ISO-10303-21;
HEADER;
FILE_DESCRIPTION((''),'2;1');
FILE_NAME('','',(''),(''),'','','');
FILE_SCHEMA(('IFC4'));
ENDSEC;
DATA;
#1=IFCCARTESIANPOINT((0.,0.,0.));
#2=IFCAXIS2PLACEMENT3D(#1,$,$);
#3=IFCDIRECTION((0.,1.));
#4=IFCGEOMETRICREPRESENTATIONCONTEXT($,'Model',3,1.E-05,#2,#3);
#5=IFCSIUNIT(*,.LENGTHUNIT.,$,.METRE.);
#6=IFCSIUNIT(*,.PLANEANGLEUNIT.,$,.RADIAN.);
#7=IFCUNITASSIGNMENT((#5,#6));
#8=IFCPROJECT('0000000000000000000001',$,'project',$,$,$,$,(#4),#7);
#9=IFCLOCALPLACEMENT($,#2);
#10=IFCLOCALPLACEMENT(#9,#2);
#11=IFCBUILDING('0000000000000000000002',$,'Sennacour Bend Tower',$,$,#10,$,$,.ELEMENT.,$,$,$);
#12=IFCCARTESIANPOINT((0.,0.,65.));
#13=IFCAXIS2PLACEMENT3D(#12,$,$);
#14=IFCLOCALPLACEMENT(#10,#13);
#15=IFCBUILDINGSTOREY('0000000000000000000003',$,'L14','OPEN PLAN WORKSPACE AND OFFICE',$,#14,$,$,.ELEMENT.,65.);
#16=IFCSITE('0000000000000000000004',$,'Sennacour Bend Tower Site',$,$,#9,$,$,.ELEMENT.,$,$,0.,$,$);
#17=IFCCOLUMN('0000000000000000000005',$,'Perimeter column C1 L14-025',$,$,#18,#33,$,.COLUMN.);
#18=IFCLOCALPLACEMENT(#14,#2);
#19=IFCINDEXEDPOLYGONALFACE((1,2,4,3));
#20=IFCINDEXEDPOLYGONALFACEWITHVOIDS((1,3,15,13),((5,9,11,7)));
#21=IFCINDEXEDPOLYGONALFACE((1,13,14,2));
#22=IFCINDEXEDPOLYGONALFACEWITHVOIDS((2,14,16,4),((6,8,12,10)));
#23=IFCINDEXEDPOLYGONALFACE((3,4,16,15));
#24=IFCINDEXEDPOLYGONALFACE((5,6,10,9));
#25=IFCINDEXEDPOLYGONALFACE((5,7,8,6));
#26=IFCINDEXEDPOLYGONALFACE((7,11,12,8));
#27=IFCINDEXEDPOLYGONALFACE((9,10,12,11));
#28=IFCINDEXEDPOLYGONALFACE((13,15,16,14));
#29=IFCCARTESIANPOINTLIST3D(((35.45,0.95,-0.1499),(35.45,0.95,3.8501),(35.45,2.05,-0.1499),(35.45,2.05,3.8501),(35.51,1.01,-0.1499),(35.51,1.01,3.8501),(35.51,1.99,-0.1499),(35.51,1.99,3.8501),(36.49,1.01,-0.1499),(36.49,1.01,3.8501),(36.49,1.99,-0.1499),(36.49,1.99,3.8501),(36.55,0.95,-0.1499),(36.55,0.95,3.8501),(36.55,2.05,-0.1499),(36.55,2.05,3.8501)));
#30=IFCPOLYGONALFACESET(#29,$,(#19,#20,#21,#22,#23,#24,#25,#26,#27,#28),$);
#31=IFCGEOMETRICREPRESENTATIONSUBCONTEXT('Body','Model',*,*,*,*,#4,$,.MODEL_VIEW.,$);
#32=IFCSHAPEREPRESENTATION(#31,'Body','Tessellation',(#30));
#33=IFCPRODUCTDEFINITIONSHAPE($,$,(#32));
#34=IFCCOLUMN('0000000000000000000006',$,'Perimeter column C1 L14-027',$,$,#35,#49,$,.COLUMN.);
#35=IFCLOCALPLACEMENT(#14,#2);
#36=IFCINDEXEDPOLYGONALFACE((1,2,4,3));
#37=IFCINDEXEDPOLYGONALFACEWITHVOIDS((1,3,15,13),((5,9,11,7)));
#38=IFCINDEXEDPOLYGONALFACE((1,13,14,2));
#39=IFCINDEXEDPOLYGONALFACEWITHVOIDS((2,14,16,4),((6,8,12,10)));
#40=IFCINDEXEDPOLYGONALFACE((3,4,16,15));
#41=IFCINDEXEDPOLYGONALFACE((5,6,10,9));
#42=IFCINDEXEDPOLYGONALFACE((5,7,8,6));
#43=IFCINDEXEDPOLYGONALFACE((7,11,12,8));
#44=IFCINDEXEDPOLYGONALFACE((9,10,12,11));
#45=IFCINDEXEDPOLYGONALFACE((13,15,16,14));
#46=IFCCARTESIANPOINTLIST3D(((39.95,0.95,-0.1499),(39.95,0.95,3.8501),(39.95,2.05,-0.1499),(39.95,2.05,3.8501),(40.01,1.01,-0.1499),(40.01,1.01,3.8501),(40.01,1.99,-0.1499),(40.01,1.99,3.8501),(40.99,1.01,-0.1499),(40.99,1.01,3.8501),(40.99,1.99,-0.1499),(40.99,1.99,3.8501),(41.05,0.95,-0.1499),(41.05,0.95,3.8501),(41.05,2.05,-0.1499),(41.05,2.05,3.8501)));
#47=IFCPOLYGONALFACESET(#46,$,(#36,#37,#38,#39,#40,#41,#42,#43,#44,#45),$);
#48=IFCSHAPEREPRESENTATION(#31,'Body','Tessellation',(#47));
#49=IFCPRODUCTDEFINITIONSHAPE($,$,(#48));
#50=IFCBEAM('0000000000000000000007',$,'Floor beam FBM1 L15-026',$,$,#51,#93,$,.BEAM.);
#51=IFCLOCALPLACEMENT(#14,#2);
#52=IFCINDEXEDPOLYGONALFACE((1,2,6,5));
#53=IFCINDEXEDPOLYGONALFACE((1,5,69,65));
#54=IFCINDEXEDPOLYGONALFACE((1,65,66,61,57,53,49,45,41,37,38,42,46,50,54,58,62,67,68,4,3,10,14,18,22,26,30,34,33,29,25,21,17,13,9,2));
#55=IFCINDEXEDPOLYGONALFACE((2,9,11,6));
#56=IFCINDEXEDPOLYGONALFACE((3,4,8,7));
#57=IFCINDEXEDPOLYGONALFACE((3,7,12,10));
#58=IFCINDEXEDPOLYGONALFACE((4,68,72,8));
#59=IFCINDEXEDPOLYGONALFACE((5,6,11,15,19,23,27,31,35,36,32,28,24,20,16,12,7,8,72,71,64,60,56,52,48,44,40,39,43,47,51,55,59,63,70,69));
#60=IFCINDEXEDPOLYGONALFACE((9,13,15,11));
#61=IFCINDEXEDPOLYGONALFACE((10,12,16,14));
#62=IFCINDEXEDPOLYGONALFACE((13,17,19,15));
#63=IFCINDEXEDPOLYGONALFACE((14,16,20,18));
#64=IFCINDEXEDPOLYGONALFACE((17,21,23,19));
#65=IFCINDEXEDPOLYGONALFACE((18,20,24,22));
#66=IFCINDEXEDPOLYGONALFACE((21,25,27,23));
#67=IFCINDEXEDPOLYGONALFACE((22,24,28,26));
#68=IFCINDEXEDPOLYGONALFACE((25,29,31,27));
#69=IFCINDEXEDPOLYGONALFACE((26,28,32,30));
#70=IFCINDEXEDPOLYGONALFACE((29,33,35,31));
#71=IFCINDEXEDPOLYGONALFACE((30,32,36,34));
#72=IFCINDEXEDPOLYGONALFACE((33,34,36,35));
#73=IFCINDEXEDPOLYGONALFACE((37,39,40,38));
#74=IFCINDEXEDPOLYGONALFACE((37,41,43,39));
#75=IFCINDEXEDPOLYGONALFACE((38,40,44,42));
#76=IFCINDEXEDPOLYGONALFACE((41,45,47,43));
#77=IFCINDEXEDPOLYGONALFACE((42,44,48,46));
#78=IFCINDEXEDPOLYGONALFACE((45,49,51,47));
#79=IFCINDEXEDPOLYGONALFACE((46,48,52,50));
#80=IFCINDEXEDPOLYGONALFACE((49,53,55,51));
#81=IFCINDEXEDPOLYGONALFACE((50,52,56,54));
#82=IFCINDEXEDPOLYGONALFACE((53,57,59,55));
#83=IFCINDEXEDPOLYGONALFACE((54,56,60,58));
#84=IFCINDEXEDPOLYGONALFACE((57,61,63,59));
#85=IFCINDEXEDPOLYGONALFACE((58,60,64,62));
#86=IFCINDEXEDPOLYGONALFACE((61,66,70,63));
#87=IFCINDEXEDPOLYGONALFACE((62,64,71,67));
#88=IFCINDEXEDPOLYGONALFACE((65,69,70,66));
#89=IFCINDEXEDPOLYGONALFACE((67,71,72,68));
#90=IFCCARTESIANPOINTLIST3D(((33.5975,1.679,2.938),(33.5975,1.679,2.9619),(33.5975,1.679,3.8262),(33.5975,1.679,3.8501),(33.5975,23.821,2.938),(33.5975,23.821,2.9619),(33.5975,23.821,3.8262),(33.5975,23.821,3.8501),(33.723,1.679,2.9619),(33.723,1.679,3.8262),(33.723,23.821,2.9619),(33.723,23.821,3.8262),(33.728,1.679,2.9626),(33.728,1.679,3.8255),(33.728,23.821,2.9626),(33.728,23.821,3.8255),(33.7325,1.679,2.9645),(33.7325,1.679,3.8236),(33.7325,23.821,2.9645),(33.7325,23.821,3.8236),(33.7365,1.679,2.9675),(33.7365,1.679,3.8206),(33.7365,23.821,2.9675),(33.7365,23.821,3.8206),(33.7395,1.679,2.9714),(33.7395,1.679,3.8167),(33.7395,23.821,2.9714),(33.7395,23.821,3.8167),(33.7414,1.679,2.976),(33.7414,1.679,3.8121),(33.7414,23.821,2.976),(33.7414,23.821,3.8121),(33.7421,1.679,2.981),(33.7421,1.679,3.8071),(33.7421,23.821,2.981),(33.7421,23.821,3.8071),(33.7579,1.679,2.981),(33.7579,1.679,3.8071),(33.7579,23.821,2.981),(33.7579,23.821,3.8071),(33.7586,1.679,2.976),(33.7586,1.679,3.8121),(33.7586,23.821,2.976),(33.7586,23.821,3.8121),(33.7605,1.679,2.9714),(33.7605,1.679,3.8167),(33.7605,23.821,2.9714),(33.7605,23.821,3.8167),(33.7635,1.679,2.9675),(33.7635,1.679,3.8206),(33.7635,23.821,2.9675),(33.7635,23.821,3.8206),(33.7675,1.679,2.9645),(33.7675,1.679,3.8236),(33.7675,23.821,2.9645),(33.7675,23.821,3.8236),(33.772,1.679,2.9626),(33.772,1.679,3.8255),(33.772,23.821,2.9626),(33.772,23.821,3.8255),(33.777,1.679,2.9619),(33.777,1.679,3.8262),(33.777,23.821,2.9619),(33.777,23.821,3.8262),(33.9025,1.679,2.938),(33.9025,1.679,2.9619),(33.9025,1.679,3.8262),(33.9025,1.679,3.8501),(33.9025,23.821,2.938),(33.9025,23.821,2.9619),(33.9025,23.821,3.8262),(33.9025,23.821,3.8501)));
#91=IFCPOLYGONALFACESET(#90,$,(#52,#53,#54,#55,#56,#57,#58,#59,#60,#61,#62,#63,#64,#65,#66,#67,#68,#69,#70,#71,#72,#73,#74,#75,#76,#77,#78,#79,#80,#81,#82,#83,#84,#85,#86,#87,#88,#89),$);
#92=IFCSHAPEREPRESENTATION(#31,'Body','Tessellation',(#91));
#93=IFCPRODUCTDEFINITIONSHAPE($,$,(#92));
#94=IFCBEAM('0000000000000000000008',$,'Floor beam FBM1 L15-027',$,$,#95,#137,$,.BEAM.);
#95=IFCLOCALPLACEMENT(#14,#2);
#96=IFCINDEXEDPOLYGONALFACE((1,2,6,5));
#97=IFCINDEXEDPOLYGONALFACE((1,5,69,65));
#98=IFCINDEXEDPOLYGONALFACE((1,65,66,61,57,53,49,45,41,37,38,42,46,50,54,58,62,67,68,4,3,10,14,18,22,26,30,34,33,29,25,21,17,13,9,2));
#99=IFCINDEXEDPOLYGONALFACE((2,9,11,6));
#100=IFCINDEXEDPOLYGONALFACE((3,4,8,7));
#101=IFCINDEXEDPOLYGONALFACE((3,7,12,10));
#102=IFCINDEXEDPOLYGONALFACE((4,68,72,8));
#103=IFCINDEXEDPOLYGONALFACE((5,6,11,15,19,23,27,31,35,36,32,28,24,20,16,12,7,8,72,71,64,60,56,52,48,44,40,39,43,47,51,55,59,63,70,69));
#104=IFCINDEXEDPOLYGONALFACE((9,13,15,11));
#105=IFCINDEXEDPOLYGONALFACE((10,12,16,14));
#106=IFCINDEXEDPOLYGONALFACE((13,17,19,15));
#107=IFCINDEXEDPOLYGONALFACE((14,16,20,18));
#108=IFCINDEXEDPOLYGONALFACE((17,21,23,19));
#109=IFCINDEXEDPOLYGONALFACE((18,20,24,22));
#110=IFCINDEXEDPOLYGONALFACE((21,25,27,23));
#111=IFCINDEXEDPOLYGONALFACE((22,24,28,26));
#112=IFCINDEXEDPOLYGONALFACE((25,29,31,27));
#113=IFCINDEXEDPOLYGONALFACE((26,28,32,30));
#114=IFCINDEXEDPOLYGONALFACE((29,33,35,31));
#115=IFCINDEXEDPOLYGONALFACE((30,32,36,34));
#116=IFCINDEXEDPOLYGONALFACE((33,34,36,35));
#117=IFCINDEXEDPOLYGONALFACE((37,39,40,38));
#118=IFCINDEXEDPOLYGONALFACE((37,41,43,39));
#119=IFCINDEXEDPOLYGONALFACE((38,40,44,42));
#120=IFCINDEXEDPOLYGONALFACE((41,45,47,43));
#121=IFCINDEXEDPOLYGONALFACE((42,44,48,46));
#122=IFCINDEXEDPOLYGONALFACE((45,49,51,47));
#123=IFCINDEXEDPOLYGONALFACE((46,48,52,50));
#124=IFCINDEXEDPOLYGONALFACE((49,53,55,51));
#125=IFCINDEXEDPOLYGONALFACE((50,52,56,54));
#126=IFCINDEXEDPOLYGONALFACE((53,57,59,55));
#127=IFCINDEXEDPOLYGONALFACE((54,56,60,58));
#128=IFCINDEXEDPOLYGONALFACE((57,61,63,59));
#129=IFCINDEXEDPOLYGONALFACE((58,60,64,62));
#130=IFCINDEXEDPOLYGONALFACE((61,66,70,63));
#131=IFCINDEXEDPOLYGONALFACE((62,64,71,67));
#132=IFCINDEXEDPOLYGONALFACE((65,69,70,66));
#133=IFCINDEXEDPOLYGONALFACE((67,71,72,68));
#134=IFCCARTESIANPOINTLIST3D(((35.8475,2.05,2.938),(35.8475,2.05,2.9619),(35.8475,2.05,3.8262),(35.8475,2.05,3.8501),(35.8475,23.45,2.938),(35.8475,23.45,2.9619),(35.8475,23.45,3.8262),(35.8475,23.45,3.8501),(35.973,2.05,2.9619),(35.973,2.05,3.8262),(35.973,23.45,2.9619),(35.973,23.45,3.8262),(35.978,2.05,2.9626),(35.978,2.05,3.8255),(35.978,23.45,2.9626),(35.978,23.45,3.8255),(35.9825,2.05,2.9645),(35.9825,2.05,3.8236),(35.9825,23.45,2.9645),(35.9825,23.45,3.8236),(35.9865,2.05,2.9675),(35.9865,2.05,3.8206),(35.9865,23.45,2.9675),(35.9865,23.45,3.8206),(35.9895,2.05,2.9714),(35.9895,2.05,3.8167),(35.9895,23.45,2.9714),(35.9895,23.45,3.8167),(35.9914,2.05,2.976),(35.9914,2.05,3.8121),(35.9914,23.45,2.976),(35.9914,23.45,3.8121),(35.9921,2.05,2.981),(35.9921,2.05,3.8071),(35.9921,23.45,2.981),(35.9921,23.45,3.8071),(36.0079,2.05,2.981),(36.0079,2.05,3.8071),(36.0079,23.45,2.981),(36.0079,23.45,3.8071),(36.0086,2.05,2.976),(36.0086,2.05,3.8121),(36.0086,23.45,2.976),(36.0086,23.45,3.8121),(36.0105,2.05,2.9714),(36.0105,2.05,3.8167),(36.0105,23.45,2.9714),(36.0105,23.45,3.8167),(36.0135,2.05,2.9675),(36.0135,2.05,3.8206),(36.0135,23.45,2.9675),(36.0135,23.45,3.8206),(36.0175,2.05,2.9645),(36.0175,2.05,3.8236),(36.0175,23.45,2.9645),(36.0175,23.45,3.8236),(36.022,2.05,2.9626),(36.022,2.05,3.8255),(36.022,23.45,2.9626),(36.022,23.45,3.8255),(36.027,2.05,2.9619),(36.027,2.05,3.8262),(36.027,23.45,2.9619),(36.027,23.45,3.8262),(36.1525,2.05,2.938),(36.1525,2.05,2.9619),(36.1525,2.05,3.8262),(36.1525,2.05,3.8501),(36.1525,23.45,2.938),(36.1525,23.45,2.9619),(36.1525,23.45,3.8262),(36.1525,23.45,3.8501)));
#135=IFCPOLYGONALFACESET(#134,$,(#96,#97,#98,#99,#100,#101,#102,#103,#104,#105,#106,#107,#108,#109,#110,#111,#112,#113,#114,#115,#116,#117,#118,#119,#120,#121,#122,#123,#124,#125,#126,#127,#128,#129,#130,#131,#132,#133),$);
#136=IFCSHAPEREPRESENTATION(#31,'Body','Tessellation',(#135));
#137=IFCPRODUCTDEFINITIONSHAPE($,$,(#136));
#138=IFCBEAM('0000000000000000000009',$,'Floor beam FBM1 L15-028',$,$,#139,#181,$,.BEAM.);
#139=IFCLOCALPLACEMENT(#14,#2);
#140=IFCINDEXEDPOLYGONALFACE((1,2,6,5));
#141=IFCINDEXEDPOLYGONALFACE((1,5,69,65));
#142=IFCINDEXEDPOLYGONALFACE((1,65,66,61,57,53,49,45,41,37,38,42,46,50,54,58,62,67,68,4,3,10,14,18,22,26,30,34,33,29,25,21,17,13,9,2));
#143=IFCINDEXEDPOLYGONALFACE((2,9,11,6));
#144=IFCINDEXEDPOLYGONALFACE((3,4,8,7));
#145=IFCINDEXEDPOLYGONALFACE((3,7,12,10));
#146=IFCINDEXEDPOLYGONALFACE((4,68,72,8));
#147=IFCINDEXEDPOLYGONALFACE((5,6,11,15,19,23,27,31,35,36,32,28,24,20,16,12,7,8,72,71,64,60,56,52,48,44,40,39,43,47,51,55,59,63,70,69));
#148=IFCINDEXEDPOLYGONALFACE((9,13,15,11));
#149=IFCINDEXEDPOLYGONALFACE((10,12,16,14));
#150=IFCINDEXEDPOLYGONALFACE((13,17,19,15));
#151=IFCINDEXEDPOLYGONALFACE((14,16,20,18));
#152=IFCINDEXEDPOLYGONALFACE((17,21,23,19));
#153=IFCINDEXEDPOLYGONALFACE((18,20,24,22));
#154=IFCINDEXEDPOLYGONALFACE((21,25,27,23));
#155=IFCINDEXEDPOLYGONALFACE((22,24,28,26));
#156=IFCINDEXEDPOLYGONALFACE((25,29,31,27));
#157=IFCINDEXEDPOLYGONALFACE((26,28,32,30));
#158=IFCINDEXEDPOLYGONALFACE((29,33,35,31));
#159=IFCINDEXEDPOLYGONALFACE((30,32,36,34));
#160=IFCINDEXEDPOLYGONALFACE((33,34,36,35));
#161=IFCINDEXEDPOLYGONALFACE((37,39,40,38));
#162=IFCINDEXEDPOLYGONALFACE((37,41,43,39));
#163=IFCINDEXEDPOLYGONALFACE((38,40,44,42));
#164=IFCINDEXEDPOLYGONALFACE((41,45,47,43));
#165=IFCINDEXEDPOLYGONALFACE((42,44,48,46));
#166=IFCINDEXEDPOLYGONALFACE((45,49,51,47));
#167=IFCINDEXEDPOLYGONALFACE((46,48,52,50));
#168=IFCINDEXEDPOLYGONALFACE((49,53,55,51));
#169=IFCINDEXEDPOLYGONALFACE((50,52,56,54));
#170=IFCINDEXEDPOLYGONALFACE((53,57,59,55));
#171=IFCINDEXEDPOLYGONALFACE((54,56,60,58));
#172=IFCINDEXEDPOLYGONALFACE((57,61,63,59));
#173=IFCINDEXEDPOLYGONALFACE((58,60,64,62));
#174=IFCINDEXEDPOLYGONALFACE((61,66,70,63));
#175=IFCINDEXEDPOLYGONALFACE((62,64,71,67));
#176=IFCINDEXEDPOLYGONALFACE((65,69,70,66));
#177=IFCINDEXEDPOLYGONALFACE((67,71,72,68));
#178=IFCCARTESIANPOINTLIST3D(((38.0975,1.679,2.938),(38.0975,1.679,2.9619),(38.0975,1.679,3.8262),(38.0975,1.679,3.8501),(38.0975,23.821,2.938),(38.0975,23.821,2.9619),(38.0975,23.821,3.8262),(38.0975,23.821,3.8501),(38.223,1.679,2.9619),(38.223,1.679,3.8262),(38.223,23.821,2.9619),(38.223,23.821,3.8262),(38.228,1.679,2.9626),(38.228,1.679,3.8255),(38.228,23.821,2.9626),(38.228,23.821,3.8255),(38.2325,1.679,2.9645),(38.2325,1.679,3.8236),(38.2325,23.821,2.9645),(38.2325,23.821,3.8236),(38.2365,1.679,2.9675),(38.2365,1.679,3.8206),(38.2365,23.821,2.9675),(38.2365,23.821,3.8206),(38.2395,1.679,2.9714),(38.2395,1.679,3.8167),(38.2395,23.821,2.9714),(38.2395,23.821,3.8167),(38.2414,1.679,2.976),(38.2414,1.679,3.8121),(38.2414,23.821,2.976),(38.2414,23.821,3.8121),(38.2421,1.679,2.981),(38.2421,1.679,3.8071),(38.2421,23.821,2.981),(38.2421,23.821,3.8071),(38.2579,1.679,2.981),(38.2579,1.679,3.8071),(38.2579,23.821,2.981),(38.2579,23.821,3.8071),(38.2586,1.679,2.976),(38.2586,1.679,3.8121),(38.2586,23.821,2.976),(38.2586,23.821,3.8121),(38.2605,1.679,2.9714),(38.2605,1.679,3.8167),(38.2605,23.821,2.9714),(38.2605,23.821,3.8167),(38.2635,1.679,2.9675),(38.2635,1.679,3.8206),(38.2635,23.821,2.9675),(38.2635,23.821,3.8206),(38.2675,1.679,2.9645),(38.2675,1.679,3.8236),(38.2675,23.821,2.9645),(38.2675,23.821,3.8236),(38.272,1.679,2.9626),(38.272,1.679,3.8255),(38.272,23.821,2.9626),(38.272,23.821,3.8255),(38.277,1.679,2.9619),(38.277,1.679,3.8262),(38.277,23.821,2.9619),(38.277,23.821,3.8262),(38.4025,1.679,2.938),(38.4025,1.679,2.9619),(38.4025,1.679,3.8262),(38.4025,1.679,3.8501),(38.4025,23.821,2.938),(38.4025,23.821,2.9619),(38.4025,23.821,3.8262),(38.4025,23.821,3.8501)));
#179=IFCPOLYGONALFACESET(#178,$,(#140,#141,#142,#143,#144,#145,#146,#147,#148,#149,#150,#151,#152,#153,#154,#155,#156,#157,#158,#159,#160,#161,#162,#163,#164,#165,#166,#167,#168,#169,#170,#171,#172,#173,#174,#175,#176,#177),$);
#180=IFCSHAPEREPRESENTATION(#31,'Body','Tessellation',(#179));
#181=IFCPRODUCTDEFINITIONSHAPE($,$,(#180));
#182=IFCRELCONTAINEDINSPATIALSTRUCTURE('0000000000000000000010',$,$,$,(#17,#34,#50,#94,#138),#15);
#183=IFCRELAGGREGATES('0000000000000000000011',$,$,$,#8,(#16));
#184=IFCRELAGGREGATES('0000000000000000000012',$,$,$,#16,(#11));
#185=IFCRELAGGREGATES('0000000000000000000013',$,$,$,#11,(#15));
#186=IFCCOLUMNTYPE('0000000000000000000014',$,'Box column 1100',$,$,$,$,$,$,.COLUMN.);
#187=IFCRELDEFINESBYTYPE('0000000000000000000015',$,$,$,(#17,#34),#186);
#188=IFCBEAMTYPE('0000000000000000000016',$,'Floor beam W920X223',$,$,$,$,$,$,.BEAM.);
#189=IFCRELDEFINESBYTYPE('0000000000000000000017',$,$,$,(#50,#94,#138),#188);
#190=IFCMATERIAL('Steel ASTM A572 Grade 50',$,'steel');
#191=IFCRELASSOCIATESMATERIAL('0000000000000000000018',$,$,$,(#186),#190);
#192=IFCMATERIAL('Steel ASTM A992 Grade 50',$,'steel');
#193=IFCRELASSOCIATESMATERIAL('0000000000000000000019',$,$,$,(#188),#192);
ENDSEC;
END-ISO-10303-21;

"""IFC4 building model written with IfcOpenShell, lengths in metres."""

from ifc_helpers import new_model, si_unit, direction, frame, origin, origin_2d, place, context, subcontext, project, spatial, hollow_rectangle, i_section, extrude, material, material_profile, profile_set, type_object, element, save


model = new_model("IFC4")

# Units and contexts
model_context = context("Model", 3, precision=1e-05, world=origin(), true_north=direction((0.0, 1.0)))
body_context = subcontext(model_context, "Body", "Model", "MODEL_VIEW")
ifc_project = project(units=[si_unit("LENGTHUNIT", "METRE"), si_unit("PLANEANGLEUNIT", "RADIAN")], contexts=[model_context])

# Site, building, storey
site_placement = place(None, origin())
site = spatial("IfcSite", under=ifc_project, at=site_placement, Name="Sennacour Bend Tower Site", CompositionType="ELEMENT", RefElevation=0.0)
building_placement = place(site_placement, origin())
building = spatial("IfcBuilding", under=site, at=building_placement, Name="Sennacour Bend Tower", CompositionType="ELEMENT")
storey_placement = place(building_placement, frame((0.0, 0.0, 65.0)))
storey = spatial("IfcBuildingStorey", under=building, at=storey_placement, Name="L14", Description="OPEN PLAN WORKSPACE AND OFFICE", CompositionType="ELEMENT", Elevation=65.0)

# Columns
ifc_material_1 = material(Name="Steel ASTM A572 Grade 50", Category="steel")
ifc_material_profile_1 = material_profile(ifc_material_1, hollow_rectangle(XDim=1.1001, YDim=1.1001, WallThickness=0.0601, at=origin_2d()), Name="Steel ASTM A572 Grade 50", Category="steel")
ifc_profile_set_1 = profile_set([ifc_material_profile_1], Name="Steel ASTM A572 Grade 50")
column_type = type_object("IfcColumnType", Name="Box column 1100", PredefinedType="COLUMN", material=ifc_profile_set_1)
for number, where, z_axis, x_axis, name in (
    (1, (36.0, 1.5, -0.1499), (0.0, 0.0, 1.0), (1.0, 0.0, 0.0), "Perimeter column C1 L14-025"),
    (2, (40.5, 1.5, -0.1499), (0.0, 0.0, 1.0), (1.0, 0.0, 0.0), "Perimeter column C1 L14-027"),
):
    element("IfcColumn", number, at=place(storey_placement, frame(where, z_axis=z_axis, x_axis=x_axis)), inside=storey, type_object=column_type, Name=name, PredefinedType="COLUMN", context=body_context, shape_type="SweptSolid", body=[
        extrude(hollow_rectangle(XDim=1.1001, YDim=1.1001, WallThickness=0.0601, at=origin_2d()), origin(), (0.0, 0.0, 1.0), 4.0),
    ])

# Beams
ifc_material_2 = material(Name="Steel ASTM A992 Grade 50", Category="steel")
ifc_material_profile_2 = material_profile(ifc_material_2, i_section(OverallWidth=0.3049, OverallDepth=0.9121, WebThickness=0.0159, FlangeThickness=0.0239, FilletRadius=0.019, at=origin_2d()), Name="Steel ASTM A992 Grade 50", Category="steel")
ifc_profile_set_2 = profile_set([ifc_material_profile_2], Name="Steel ASTM A992 Grade 50")
beam_type_1 = type_object("IfcBeamType", Name="Floor beam W920X223", PredefinedType="BEAM", material=ifc_profile_set_2)
beam_1_placement = place(storey_placement, frame((33.75, 1.679, 3.394), z_axis=(0.0, 1.0, 0.0), x_axis=(-1.0, 0.0, 0.0)))
element("IfcBeam", 3, at=beam_1_placement, inside=storey, type_object=beam_type_1, Name="Floor beam FBM1 L15-026", PredefinedType="BEAM", context=body_context, shape_type="SweptSolid", body=[
    extrude(i_section(OverallWidth=0.3049, OverallDepth=0.9121, WebThickness=0.0159, FlangeThickness=0.0239, FilletRadius=0.019, at=origin_2d()), origin(), (0.0, 0.0, 1.0), 22.1421),
])
beam_2_placement = place(storey_placement, frame((36.0, 2.05, 3.394), z_axis=(0.0, 1.0, 0.0), x_axis=(-1.0, 0.0, 0.0)))
element("IfcBeam", 4, at=beam_2_placement, inside=storey, type_object=beam_type_1, Name="Floor beam FBM1 L15-027", PredefinedType="BEAM", context=body_context, shape_type="SweptSolid", body=[
    extrude(i_section(OverallWidth=0.3049, OverallDepth=0.9121, WebThickness=0.0159, FlangeThickness=0.0239, FilletRadius=0.019, at=origin_2d()), origin(), (0.0, 0.0, 1.0), 21.3999),
])
beam_3_placement = place(storey_placement, frame((38.25, 1.679, 3.394), z_axis=(0.0, 1.0, 0.0), x_axis=(-1.0, 0.0, 0.0)))
element("IfcBeam", 5, at=beam_3_placement, inside=storey, type_object=beam_type_1, Name="Floor beam FBM1 L15-028", PredefinedType="BEAM", context=body_context, shape_type="SweptSolid", body=[
    extrude(i_section(OverallWidth=0.3049, OverallDepth=0.9121, WebThickness=0.0159, FlangeThickness=0.0239, FilletRadius=0.019, at=origin_2d()), origin(), (0.0, 0.0, 1.0), 22.1421),
])

save(model, "model.ifc")
